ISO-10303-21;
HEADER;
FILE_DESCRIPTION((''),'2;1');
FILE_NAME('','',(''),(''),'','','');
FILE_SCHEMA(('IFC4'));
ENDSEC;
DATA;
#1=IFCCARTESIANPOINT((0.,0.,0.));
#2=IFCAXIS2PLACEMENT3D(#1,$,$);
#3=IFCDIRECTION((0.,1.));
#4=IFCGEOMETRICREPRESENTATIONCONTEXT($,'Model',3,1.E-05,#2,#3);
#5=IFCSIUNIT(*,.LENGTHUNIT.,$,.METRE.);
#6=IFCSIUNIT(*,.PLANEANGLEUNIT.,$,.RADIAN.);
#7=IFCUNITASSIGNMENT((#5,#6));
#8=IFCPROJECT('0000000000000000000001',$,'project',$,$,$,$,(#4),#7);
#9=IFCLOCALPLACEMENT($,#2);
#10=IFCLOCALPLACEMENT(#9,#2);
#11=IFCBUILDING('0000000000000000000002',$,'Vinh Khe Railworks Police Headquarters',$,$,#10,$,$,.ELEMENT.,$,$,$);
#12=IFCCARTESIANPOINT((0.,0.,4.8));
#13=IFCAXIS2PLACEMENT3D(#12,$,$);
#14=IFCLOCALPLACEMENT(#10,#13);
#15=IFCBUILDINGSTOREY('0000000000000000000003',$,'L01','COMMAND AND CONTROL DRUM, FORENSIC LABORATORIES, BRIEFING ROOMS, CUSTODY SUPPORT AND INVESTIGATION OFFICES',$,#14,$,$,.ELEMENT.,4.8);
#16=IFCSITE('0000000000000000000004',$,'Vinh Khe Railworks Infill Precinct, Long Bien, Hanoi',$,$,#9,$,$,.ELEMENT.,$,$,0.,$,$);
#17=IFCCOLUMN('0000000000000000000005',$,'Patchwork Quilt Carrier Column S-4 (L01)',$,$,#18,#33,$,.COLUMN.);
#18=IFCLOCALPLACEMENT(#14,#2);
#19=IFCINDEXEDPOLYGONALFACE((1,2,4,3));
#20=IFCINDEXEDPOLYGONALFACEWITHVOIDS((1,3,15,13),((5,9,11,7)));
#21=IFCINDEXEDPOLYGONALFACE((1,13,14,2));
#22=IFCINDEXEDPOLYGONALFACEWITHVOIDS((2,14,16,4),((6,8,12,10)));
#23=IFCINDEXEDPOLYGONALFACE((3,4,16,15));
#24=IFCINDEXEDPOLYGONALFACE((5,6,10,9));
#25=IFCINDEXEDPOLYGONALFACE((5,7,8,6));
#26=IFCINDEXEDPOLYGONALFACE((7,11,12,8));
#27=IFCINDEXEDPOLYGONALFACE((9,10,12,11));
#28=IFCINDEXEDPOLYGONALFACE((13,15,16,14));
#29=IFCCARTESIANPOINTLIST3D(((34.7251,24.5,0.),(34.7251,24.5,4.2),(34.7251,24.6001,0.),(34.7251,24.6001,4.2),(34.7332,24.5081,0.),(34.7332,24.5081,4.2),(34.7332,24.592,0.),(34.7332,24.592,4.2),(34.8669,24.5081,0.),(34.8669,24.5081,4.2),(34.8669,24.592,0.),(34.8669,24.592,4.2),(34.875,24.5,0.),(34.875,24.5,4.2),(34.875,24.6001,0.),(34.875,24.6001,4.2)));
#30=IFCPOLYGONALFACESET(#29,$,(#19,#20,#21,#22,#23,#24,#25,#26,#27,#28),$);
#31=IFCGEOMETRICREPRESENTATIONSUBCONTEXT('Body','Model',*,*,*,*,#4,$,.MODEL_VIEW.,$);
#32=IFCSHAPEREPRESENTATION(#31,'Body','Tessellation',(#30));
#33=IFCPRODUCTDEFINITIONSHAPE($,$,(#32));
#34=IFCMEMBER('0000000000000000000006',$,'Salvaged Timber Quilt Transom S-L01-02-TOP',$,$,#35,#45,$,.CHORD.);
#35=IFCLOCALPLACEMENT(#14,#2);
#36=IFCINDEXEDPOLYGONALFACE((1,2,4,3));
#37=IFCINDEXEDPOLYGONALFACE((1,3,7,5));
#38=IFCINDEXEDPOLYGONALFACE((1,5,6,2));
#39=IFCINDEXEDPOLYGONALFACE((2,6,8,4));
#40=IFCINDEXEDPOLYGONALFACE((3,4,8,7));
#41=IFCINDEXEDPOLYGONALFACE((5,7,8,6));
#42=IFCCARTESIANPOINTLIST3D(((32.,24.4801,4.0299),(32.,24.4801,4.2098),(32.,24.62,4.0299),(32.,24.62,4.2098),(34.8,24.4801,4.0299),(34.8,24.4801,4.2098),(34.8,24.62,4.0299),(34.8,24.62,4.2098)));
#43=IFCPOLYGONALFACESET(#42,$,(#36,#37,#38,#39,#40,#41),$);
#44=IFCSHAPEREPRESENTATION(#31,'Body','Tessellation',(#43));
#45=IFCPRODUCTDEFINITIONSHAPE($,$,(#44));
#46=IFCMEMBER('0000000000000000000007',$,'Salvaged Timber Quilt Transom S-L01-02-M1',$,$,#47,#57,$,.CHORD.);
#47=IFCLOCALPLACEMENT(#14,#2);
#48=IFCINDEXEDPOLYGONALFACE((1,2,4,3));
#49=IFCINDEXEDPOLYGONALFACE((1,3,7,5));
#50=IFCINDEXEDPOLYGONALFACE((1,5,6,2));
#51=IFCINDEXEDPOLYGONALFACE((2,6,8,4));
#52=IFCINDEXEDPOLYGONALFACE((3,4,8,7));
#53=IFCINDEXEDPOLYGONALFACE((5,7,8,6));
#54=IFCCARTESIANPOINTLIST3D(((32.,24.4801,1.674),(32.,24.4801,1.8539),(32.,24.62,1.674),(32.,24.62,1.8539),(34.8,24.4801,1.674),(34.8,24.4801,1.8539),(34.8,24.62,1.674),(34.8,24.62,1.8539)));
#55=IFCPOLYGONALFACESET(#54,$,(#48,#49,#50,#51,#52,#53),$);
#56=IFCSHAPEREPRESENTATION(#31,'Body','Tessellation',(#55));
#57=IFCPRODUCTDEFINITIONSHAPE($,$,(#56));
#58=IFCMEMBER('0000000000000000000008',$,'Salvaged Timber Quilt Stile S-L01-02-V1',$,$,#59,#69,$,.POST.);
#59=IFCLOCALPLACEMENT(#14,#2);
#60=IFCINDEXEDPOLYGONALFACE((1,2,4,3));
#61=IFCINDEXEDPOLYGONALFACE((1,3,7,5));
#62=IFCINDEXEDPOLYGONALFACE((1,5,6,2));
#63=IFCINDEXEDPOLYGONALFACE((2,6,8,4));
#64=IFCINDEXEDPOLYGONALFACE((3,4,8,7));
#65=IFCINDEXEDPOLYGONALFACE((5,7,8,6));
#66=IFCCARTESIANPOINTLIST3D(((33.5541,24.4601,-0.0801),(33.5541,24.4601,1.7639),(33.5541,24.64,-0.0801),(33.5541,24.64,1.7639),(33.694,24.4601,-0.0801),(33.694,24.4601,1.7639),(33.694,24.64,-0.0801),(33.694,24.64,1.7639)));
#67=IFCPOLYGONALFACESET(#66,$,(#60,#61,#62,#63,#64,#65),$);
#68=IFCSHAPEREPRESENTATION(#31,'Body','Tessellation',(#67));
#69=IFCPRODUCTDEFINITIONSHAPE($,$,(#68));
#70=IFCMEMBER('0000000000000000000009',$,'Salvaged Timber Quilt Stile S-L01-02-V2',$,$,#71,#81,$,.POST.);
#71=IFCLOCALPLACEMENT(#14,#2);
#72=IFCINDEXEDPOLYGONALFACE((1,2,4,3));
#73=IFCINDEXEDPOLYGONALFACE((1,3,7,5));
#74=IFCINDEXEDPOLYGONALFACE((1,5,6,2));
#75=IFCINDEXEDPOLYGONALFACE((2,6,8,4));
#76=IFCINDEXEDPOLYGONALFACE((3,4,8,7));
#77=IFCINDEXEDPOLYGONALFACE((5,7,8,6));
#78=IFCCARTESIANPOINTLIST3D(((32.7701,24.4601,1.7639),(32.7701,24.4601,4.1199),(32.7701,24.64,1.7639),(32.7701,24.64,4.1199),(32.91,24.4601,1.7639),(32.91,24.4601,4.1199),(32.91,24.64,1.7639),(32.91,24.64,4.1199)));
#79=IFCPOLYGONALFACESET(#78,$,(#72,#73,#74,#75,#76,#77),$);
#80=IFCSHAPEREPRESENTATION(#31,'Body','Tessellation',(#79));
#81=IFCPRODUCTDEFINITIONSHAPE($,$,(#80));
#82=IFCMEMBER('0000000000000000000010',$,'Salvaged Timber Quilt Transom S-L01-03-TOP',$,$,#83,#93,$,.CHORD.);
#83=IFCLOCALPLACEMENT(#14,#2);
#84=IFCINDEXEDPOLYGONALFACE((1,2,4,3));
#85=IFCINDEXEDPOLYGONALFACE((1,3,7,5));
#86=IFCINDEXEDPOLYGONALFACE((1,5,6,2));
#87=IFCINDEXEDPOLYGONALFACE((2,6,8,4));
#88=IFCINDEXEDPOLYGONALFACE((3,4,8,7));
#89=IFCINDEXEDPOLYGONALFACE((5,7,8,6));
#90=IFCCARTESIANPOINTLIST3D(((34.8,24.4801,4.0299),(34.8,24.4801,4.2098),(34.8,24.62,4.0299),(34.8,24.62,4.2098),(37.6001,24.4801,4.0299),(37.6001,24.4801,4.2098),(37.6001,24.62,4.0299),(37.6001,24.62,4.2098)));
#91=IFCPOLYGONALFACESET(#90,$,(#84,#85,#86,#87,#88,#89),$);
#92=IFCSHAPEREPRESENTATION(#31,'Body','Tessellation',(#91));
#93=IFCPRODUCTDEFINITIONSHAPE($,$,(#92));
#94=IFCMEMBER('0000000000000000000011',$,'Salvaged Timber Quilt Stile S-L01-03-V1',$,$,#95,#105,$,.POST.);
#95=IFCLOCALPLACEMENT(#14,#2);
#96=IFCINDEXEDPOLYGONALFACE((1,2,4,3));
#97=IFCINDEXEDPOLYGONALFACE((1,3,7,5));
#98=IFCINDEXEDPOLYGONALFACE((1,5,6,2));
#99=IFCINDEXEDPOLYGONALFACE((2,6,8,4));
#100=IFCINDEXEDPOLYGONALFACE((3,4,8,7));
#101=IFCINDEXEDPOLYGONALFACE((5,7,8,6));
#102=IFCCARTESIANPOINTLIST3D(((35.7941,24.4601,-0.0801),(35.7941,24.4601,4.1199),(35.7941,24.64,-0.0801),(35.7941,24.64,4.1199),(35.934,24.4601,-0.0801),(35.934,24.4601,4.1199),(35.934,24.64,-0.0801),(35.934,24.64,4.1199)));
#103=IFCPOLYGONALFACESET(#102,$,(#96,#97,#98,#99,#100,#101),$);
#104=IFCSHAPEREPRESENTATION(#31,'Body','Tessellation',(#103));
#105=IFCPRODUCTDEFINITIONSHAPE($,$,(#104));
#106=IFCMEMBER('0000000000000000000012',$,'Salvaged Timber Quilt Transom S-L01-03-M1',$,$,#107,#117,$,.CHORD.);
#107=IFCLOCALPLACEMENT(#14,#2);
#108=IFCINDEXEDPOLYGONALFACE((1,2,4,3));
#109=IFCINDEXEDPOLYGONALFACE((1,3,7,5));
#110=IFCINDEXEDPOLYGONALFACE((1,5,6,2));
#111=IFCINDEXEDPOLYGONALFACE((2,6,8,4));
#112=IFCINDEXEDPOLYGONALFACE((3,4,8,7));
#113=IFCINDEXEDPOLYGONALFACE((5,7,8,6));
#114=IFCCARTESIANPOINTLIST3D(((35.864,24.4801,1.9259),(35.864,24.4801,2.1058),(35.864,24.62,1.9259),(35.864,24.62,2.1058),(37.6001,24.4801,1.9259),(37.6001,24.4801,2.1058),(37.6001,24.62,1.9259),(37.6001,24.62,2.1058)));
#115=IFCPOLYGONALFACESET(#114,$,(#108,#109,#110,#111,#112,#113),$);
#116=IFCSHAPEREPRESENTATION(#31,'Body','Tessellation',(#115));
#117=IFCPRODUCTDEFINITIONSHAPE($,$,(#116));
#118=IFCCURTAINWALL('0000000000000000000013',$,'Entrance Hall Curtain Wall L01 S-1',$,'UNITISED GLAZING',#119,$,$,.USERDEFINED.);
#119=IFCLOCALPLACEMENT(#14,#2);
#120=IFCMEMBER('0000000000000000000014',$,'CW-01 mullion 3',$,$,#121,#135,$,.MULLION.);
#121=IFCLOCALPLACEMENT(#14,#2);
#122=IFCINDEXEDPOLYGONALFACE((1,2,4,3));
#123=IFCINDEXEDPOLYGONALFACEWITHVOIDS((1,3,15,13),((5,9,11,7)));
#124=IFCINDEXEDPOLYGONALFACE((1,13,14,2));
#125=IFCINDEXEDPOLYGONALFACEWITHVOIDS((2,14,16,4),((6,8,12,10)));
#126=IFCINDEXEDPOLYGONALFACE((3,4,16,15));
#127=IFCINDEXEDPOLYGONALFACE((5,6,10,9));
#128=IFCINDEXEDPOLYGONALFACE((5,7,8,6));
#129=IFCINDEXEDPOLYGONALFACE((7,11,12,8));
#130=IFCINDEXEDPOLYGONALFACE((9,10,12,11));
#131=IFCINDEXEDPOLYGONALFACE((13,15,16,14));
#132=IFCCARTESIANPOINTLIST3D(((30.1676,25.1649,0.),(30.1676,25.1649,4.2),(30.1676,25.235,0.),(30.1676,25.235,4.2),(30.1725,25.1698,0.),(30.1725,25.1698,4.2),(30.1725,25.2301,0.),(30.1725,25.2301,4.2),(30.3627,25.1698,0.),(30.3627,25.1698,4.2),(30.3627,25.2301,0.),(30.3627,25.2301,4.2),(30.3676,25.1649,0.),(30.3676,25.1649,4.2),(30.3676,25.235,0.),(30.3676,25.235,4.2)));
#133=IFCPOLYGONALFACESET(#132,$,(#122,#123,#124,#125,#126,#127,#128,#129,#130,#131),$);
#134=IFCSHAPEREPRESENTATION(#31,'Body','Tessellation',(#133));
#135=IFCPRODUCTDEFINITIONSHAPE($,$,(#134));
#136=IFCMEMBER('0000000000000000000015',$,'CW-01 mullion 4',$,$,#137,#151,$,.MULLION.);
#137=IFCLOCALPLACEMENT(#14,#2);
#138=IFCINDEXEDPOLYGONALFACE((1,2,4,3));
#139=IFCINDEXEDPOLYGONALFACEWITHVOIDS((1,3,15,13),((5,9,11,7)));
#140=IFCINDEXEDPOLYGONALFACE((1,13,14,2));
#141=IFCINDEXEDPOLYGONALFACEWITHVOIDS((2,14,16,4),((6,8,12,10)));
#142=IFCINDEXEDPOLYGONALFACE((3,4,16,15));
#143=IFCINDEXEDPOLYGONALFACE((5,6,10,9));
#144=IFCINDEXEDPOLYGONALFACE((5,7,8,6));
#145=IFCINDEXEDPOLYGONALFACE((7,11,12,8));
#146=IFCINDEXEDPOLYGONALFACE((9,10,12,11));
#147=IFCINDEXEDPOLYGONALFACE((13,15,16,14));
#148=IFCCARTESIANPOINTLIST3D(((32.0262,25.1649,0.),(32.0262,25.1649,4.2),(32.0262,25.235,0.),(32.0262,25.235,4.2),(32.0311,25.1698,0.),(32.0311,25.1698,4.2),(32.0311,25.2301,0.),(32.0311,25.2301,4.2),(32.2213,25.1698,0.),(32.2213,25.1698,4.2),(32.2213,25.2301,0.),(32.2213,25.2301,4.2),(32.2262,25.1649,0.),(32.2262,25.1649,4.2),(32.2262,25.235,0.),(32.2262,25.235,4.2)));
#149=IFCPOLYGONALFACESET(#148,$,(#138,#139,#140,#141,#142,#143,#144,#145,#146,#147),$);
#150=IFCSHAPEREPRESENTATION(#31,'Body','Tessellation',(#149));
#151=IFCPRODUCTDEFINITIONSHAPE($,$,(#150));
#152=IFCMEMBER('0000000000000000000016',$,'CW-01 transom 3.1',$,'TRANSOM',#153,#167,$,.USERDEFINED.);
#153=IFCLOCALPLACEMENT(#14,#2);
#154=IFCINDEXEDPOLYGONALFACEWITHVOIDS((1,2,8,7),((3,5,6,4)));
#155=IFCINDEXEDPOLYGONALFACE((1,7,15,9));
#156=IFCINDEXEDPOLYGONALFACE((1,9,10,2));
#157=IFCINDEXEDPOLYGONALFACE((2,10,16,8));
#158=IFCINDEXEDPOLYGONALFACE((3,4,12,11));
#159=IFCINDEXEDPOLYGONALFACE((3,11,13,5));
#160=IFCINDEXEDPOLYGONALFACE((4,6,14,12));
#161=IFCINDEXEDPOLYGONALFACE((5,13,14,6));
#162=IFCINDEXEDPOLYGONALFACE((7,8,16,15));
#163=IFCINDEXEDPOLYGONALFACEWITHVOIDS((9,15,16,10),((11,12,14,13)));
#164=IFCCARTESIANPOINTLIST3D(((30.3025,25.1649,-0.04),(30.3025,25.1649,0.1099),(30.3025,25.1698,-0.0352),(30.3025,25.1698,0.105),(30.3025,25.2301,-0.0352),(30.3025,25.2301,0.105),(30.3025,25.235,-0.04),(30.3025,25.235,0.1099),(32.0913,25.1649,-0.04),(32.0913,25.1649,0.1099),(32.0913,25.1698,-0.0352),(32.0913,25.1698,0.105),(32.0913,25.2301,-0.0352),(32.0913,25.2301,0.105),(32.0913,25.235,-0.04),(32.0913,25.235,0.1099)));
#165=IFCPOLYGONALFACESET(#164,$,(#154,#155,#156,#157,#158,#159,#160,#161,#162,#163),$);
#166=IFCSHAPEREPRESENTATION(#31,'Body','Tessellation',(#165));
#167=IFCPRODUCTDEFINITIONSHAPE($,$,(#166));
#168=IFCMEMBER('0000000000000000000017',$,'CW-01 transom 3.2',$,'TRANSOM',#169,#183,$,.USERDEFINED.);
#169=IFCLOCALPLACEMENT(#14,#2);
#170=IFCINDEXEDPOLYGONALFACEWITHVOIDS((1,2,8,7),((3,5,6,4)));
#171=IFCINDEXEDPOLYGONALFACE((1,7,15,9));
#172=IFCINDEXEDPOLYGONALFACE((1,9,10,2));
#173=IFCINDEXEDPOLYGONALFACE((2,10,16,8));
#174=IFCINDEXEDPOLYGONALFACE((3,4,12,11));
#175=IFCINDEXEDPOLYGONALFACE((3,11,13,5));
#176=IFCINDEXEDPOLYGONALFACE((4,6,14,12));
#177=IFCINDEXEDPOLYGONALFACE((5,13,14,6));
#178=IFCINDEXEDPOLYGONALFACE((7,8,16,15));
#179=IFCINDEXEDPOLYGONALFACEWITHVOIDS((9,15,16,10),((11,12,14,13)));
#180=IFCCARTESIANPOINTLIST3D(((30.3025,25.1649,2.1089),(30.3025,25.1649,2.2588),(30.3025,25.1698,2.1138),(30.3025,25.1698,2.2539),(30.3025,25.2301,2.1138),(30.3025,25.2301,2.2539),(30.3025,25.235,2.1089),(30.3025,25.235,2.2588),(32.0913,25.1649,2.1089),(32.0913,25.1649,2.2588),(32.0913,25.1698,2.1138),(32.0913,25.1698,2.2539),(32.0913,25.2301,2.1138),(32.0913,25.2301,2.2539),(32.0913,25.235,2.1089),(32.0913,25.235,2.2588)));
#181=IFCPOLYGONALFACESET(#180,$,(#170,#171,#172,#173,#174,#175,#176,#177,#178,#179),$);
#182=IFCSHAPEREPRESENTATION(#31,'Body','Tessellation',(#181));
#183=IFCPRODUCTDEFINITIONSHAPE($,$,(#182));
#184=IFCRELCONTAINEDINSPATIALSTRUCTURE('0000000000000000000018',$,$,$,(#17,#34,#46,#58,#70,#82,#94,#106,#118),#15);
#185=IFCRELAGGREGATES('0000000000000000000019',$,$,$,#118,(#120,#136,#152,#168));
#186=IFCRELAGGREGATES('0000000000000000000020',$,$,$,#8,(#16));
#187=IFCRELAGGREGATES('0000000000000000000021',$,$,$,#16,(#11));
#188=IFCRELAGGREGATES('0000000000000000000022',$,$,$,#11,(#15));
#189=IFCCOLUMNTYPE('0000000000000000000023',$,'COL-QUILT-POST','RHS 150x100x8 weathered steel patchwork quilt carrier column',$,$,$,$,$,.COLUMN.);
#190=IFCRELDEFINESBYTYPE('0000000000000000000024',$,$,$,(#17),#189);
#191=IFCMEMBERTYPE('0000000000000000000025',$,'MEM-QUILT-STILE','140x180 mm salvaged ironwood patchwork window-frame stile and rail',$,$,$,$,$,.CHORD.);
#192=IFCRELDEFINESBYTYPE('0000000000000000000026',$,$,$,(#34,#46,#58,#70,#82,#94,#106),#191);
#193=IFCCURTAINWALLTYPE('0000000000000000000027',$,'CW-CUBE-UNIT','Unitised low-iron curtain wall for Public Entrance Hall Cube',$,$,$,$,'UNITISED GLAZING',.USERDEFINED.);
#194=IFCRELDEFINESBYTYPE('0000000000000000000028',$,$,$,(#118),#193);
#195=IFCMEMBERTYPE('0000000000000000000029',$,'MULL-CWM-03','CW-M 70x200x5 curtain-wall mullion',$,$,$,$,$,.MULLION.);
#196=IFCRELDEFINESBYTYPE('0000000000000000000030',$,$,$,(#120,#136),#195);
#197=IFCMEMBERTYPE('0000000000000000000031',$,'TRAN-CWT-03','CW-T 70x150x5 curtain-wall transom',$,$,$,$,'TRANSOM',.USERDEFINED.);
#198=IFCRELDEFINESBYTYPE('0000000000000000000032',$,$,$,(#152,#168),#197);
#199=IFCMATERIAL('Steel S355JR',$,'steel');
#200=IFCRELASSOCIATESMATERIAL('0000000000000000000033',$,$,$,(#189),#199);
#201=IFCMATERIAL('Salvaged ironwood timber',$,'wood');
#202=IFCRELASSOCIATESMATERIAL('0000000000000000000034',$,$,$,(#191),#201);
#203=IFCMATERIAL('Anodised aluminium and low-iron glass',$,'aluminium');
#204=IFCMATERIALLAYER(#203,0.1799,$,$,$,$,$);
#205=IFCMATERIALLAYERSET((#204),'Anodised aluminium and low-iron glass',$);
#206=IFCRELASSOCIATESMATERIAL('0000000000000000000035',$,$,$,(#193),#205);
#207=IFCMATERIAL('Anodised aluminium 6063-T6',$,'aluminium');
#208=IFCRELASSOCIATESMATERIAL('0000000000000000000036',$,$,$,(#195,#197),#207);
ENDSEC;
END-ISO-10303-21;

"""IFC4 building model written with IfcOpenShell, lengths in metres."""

from ifc_helpers import new_model, si_unit, direction, frame, origin, origin_2d, place, context, subcontext, project, spatial, rectangle, hollow_rectangle, extrude, material, layer, layer_set, material_profile, profile_set, type_object, element, aggregate, save


model = new_model("IFC4")

# Units and contexts
model_context = context("Model", 3, precision=1e-05, world=origin(), true_north=direction((0.0, 1.0)))
body_context = subcontext(model_context, "Body", "Model", "MODEL_VIEW")
ifc_project = project(units=[si_unit("LENGTHUNIT", "METRE"), si_unit("PLANEANGLEUNIT", "RADIAN")], contexts=[model_context])

# Site, building, storey
site_placement = place(None, origin())
site = spatial("IfcSite", under=ifc_project, at=site_placement, Name="Vinh Khe Railworks Infill Precinct, Long Bien, Hanoi", CompositionType="ELEMENT", RefElevation=0.0)
building_placement = place(site_placement, origin())
building = spatial("IfcBuilding", under=site, at=building_placement, Name="Vinh Khe Railworks Police Headquarters", CompositionType="ELEMENT")
storey_placement = place(building_placement, frame((0.0, 0.0, 4.8)))
storey = spatial("IfcBuildingStorey", under=building, at=storey_placement, Name="L01", Description="COMMAND AND CONTROL DRUM, FORENSIC LABORATORIES, BRIEFING ROOMS, CUSTODY SUPPORT AND INVESTIGATION OFFICES", CompositionType="ELEMENT", Elevation=4.8)

# Column
ifc_material_1 = material(Name="Steel S355JR", Category="steel")
ifc_material_profile_1 = material_profile(ifc_material_1, hollow_rectangle(XDim=0.1499, YDim=0.1001, WallThickness=0.0081, at=origin_2d()), Name="RHS 150x100x8")
ifc_profile_set_1 = profile_set([ifc_material_profile_1], Name="Steel S355JR")
column_type = type_object("IfcColumnType", Name="COL-QUILT-POST", Description="RHS 150x100x8 weathered steel patchwork quilt carrier column", PredefinedType="COLUMN", material=ifc_profile_set_1)
column_placement = place(storey_placement, frame((34.8, 24.55, 0.0), z_axis=(0.0, 0.0, 1.0), x_axis=(1.0, 0.0, 0.0)))
element("IfcColumn", 1, at=column_placement, inside=storey, type_object=column_type, Name="Patchwork Quilt Carrier Column S-4 (L01)", PredefinedType="COLUMN", context=body_context, shape_type="SweptSolid", body=[
    extrude(hollow_rectangle(XDim=0.1499, YDim=0.1001, WallThickness=0.0081, at=origin_2d()), origin(), (0.0, 0.0, 1.0), 4.2),
])

# Members
ifc_material_2 = material(Name="Salvaged ironwood timber", Category="wood")
ifc_material_profile_2 = material_profile(ifc_material_2, rectangle(XDim=0.1399, YDim=0.1799, at=origin_2d()), Name="TIMBER 140x180")
ifc_profile_set_2 = profile_set([ifc_material_profile_2], Name="Salvaged ironwood timber")
member_type_1 = type_object("IfcMemberType", Name="MEM-QUILT-STILE", Description="140x180 mm salvaged ironwood patchwork window-frame stile and rail", PredefinedType="CHORD", material=ifc_profile_set_2)
for number, where, z_axis, x_axis, name in (
    (2, (32.0, 24.55, 4.1199), (1.0, 0.0, 0.0), (0.0, 1.0, 0.0), "Salvaged Timber Quilt Transom S-L01-02-TOP"),
    (3, (32.0, 24.55, 1.7639), (1.0, 0.0, 0.0), (0.0, 1.0, 0.0), "Salvaged Timber Quilt Transom S-L01-02-M1"),
):
    element("IfcMember", number, at=place(storey_placement, frame(where, z_axis=z_axis, x_axis=x_axis)), inside=storey, type_object=member_type_1, Name=name, PredefinedType="CHORD", context=body_context, shape_type="SweptSolid", body=[
        extrude(rectangle(XDim=0.1399, YDim=0.1799, at=origin_2d()), origin(), (0.0, 0.0, 1.0), 2.8),
    ])
member_1_placement = place(storey_placement, frame((33.624, 24.55, -0.0801), z_axis=(0.0, 0.0, 1.0), x_axis=(1.0, 0.0, 0.0)))
element("IfcMember", 4, at=member_1_placement, inside=storey, type_object=member_type_1, Name="Salvaged Timber Quilt Stile S-L01-02-V1", PredefinedType="POST", context=body_context, shape_type="SweptSolid", body=[
    extrude(rectangle(XDim=0.1399, YDim=0.1799, at=origin_2d()), origin(), (0.0, 0.0, 1.0), 1.844),
])
member_2_placement = place(storey_placement, frame((32.8401, 24.55, 1.7639), z_axis=(0.0, 0.0, 1.0), x_axis=(1.0, 0.0, 0.0)))
element("IfcMember", 5, at=member_2_placement, inside=storey, type_object=member_type_1, Name="Salvaged Timber Quilt Stile S-L01-02-V2", PredefinedType="POST", context=body_context, shape_type="SweptSolid", body=[
    extrude(rectangle(XDim=0.1399, YDim=0.1799, at=origin_2d()), origin(), (0.0, 0.0, 1.0), 2.356),
])
member_3_placement = place(storey_placement, frame((34.8, 24.55, 4.1199), z_axis=(1.0, 0.0, 0.0), x_axis=(0.0, 1.0, 0.0)))
element("IfcMember", 6, at=member_3_placement, inside=storey, type_object=member_type_1, Name="Salvaged Timber Quilt Transom S-L01-03-TOP", PredefinedType="CHORD", context=body_context, shape_type="SweptSolid", body=[
    extrude(rectangle(XDim=0.1399, YDim=0.1799, at=origin_2d()), origin(), (0.0, 0.0, 1.0), 2.8),
])
member_4_placement = place(storey_placement, frame((35.864, 24.55, -0.0801), z_axis=(0.0, 0.0, 1.0), x_axis=(1.0, 0.0, 0.0)))
element("IfcMember", 7, at=member_4_placement, inside=storey, type_object=member_type_1, Name="Salvaged Timber Quilt Stile S-L01-03-V1", PredefinedType="POST", context=body_context, shape_type="SweptSolid", body=[
    extrude(rectangle(XDim=0.1399, YDim=0.1799, at=origin_2d()), origin(), (0.0, 0.0, 1.0), 4.2),
])
member_5_placement = place(storey_placement, frame((35.864, 24.55, 2.0159), z_axis=(1.0, 0.0, 0.0), x_axis=(0.0, 1.0, 0.0)))
element("IfcMember", 8, at=member_5_placement, inside=storey, type_object=member_type_1, Name="Salvaged Timber Quilt Transom S-L01-03-M1", PredefinedType="CHORD", context=body_context, shape_type="SweptSolid", body=[
    extrude(rectangle(XDim=0.1399, YDim=0.1799, at=origin_2d()), origin(), (0.0, 0.0, 1.0), 1.7361),
])

# Curtain wall, members
ifc_material_3 = material(Name="Anodised aluminium and low-iron glass", Category="aluminium")
ifc_layer_1 = layer(ifc_material_3, 0.1799)
ifc_layer_set_1 = layer_set([ifc_layer_1], Name="Anodised aluminium and low-iron glass")
curtain_wall_type = type_object("IfcCurtainWallType", Name="CW-CUBE-UNIT", Description="Unitised low-iron curtain wall for Public Entrance Hall Cube", ElementType="UNITISED GLAZING", PredefinedType="USERDEFINED", material=ifc_layer_set_1)
curtain_wall_placement = place(storey_placement, origin())
curtain_wall = element("IfcCurtainWall", 9, at=curtain_wall_placement, inside=storey, type_object=curtain_wall_type, Name="Entrance Hall Curtain Wall L01 S-1", ObjectType="UNITISED GLAZING", PredefinedType="USERDEFINED")
ifc_material_4 = material(Name="Anodised aluminium 6063-T6", Category="aluminium")
ifc_material_profile_3 = material_profile(ifc_material_4, hollow_rectangle(XDim=0.0701, YDim=0.2, WallThickness=0.0049, at=origin_2d()), Name="CW-M 70x200x5")
ifc_profile_set_3 = profile_set([ifc_material_profile_3], Name="Anodised aluminium 6063-T6")
member_type_2 = type_object("IfcMemberType", Name="MULL-CWM-03", Description="CW-M 70x200x5 curtain-wall mullion", PredefinedType="MULLION", material=ifc_profile_set_3)
member_6_placement = place(storey_placement, frame((30.2676, 25.2, 0.0), z_axis=(0.0, 0.0, 1.0), x_axis=(0.0, 1.0, 0.0)))
member_6 = element("IfcMember", 10, at=member_6_placement, type_object=member_type_2, Name="CW-01 mullion 3", PredefinedType="MULLION", context=body_context, shape_type="SweptSolid", body=[
    extrude(hollow_rectangle(XDim=0.0701, YDim=0.2, WallThickness=0.0049, at=origin_2d()), origin(), (0.0, 0.0, 1.0), 4.2),
])
member_7_placement = place(storey_placement, frame((32.1262, 25.2, 0.0), z_axis=(0.0, 0.0, 1.0), x_axis=(0.0, 1.0, 0.0)))
member_7 = element("IfcMember", 11, at=member_7_placement, type_object=member_type_2, Name="CW-01 mullion 4", PredefinedType="MULLION", context=body_context, shape_type="SweptSolid", body=[
    extrude(hollow_rectangle(XDim=0.0701, YDim=0.2, WallThickness=0.0049, at=origin_2d()), origin(), (0.0, 0.0, 1.0), 4.2),
])
ifc_material_profile_4 = material_profile(ifc_material_4, hollow_rectangle(XDim=0.0701, YDim=0.1499, WallThickness=0.0049, at=origin_2d()), Name="CW-T 70x150x5")
ifc_profile_set_4 = profile_set([ifc_material_profile_4], Name="Anodised aluminium 6063-T6")
member_type_3 = type_object("IfcMemberType", Name="TRAN-CWT-03", Description="CW-T 70x150x5 curtain-wall transom", ElementType="TRANSOM", PredefinedType="USERDEFINED", material=ifc_profile_set_4)
member_8_placement = place(storey_placement, frame((30.3025, 25.2, 0.0349), z_axis=(1.0, 0.0, 0.0), x_axis=(0.0, 1.0, 0.0)))
member_8 = element("IfcMember", 12, at=member_8_placement, type_object=member_type_3, Name="CW-01 transom 3.1", ObjectType="TRANSOM", PredefinedType="USERDEFINED", context=body_context, shape_type="SweptSolid", body=[
    extrude(hollow_rectangle(XDim=0.0701, YDim=0.1499, WallThickness=0.0049, at=origin_2d()), origin(), (0.0, 0.0, 1.0), 1.7888),
])
member_9_placement = place(storey_placement, frame((30.3025, 25.2, 2.1838), z_axis=(1.0, 0.0, 0.0), x_axis=(0.0, 1.0, 0.0)))
member_9 = element("IfcMember", 13, at=member_9_placement, type_object=member_type_3, Name="CW-01 transom 3.2", ObjectType="TRANSOM", PredefinedType="USERDEFINED", context=body_context, shape_type="SweptSolid", body=[
    extrude(hollow_rectangle(XDim=0.0701, YDim=0.1499, WallThickness=0.0049, at=origin_2d()), origin(), (0.0, 0.0, 1.0), 1.7888),
])
aggregate(curtain_wall, [member_6, member_7, member_8, member_9])

save(model, "model.ifc")
